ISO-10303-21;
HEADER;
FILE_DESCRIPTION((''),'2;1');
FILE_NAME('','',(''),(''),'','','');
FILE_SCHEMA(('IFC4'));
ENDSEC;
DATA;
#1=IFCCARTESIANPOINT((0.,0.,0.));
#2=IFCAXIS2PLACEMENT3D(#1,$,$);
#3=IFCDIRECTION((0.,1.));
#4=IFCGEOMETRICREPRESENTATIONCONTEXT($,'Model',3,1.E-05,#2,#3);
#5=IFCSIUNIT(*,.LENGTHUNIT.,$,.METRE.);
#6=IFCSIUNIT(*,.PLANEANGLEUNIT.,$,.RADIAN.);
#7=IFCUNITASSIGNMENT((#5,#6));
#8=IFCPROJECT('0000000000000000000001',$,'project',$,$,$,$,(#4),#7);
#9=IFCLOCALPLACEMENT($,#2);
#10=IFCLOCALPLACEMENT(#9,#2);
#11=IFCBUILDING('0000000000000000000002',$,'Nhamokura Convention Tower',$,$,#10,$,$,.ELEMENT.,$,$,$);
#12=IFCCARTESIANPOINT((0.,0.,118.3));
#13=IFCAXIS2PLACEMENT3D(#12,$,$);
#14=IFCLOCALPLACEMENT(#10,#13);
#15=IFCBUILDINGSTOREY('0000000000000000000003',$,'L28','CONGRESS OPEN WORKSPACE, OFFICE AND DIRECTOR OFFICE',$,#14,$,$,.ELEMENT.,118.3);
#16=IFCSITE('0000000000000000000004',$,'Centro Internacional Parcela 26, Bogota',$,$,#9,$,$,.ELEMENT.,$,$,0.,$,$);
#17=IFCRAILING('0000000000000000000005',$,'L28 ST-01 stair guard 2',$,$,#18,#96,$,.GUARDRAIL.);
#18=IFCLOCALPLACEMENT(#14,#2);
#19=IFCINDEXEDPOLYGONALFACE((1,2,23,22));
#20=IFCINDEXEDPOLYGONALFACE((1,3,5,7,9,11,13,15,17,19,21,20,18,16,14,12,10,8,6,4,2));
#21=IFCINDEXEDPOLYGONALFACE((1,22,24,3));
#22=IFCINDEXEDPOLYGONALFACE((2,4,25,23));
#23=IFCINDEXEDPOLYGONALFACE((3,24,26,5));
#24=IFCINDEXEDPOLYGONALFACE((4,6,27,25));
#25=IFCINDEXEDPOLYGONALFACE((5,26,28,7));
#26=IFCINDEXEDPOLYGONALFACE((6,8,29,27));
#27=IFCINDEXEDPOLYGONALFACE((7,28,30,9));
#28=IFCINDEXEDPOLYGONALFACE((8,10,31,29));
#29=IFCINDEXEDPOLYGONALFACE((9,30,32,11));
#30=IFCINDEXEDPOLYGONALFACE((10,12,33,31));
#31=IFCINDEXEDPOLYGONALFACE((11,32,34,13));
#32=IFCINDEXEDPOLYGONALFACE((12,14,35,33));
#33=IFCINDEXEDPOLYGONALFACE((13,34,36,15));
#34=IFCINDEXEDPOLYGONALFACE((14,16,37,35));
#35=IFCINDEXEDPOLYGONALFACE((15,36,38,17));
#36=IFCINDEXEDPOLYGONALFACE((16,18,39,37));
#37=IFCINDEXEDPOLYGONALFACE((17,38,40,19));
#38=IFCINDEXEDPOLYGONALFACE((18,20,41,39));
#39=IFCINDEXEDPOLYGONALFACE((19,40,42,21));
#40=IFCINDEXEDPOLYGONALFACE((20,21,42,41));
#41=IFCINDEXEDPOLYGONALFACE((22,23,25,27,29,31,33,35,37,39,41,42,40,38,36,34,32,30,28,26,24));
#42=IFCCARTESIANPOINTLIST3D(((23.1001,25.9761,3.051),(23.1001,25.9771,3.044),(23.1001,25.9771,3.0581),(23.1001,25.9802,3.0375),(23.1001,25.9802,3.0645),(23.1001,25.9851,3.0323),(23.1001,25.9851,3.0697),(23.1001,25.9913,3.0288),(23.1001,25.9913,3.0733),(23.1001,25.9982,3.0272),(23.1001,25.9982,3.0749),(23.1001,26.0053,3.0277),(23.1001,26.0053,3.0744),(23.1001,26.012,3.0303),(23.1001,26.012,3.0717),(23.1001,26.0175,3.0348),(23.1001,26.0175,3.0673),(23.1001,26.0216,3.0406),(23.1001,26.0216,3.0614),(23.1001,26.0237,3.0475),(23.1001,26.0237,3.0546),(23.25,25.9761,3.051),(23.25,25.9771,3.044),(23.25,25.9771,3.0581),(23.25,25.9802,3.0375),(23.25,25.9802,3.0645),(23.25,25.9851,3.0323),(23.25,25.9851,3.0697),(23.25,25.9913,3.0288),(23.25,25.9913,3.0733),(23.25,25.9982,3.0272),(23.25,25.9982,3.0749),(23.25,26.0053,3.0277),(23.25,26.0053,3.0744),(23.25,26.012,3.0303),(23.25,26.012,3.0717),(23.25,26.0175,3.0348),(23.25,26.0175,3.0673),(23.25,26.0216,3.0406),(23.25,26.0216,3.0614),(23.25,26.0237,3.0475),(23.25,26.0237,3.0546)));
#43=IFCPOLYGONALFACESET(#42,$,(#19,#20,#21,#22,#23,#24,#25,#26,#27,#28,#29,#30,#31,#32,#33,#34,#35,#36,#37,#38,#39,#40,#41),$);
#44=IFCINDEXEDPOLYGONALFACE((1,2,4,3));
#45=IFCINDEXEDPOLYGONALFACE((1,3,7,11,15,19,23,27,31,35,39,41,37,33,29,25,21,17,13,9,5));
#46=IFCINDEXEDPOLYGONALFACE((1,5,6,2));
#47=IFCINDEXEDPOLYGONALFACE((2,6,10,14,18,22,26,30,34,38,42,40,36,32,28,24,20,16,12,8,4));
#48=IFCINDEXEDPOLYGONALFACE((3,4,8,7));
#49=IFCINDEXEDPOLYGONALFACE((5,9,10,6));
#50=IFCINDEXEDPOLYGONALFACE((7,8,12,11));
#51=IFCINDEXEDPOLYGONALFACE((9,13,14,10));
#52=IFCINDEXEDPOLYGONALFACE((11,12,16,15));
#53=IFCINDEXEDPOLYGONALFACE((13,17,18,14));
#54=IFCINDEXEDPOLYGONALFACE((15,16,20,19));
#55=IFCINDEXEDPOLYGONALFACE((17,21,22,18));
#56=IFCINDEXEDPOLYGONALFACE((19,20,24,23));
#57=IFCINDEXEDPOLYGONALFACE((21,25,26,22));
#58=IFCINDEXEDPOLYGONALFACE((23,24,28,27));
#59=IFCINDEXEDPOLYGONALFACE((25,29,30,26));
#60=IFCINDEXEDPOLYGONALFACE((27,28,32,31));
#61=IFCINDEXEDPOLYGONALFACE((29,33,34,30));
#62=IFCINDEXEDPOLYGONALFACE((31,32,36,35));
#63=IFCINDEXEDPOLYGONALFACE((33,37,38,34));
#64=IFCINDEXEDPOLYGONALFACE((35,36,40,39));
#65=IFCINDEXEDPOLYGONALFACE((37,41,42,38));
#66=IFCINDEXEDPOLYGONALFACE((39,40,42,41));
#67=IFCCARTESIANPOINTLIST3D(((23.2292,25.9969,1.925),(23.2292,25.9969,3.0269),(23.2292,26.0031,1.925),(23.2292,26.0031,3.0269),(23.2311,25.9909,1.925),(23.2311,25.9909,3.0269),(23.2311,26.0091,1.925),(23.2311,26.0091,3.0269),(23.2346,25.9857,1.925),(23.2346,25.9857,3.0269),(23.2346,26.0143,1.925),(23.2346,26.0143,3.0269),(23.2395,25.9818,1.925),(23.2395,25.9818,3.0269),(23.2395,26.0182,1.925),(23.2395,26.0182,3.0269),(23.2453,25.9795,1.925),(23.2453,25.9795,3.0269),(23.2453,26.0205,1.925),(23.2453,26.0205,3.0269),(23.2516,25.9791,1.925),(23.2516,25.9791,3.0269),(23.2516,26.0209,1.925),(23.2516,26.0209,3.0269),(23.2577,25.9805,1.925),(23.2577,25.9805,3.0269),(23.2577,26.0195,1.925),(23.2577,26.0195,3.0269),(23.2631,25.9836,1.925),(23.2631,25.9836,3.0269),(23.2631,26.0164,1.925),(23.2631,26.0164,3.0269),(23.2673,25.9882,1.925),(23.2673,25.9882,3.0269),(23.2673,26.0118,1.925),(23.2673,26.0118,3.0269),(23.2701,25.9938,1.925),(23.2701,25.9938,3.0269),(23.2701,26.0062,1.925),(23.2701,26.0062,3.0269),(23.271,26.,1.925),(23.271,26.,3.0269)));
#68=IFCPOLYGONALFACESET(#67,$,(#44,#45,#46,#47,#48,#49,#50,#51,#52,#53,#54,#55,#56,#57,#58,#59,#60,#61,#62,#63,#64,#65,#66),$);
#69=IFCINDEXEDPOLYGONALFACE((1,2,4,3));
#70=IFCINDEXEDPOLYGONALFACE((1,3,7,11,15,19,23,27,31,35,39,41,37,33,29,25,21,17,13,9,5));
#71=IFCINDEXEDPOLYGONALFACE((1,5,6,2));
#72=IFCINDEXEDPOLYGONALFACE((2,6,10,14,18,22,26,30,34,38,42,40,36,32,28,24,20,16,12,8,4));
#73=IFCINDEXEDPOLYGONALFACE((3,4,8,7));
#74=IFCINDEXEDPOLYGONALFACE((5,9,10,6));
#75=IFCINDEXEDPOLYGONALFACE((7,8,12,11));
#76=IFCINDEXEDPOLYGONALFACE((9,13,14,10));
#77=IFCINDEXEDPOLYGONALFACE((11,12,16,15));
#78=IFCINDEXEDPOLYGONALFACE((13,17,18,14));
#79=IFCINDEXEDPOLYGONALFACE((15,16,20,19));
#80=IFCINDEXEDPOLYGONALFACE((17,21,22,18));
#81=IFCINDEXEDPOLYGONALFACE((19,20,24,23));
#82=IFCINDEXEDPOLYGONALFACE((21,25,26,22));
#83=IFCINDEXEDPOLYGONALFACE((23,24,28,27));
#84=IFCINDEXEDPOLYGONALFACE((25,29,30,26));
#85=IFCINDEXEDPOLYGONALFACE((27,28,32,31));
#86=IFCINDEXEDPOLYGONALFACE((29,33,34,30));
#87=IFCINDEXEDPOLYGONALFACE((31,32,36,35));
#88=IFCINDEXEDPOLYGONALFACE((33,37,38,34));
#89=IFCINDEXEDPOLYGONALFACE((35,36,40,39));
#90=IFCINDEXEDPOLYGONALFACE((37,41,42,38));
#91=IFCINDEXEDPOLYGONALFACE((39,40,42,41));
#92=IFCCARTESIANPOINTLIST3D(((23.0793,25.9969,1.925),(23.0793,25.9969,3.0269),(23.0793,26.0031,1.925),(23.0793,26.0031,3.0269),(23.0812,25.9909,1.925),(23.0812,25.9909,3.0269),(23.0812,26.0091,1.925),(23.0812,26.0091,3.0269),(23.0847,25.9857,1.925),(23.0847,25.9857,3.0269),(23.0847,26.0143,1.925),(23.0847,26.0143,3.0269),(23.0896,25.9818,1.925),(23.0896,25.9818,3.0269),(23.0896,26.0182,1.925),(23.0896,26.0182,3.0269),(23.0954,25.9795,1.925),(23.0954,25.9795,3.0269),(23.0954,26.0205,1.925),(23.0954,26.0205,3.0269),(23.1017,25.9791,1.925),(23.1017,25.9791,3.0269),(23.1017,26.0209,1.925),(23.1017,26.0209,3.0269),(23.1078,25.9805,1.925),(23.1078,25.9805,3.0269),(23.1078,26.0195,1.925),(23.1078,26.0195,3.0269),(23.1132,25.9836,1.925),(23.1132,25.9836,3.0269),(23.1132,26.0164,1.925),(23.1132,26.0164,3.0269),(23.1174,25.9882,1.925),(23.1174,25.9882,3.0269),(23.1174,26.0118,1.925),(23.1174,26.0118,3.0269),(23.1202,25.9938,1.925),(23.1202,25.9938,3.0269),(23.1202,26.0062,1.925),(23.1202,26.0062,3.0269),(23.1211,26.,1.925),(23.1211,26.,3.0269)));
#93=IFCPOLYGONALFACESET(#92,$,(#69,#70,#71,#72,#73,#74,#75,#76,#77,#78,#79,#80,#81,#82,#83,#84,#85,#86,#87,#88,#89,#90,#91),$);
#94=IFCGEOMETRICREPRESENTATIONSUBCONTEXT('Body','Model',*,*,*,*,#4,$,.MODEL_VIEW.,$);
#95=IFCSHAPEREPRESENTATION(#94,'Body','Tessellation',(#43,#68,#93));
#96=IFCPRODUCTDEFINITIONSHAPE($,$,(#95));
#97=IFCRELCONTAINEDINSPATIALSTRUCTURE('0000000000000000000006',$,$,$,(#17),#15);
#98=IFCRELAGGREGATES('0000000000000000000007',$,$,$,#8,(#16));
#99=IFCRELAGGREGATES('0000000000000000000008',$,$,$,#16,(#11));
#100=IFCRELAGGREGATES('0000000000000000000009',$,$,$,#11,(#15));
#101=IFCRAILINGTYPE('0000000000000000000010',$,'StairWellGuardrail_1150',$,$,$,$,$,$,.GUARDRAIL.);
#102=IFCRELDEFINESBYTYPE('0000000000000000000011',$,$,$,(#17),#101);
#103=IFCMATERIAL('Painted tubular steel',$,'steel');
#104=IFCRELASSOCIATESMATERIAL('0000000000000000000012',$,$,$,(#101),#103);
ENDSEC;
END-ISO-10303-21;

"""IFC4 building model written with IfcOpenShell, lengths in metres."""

from ifc_helpers import new_model, si_unit, direction, frame, origin, origin_2d, place, context, subcontext, project, spatial, circle, extrude, material, type_object, element, save


model = new_model("IFC4")

# Units and contexts
model_context = context("Model", 3, precision=1e-05, world=origin(), true_north=direction((0.0, 1.0)))
body_context = subcontext(model_context, "Body", "Model", "MODEL_VIEW")
ifc_project = project(units=[si_unit("LENGTHUNIT", "METRE"), si_unit("PLANEANGLEUNIT", "RADIAN")], contexts=[model_context])

# Site, building, storey
site_placement = place(None, origin())
site = spatial("IfcSite", under=ifc_project, at=site_placement, Name="Centro Internacional Parcela 26, Bogota", CompositionType="ELEMENT", RefElevation=0.0)
building_placement = place(site_placement, origin())
building = spatial("IfcBuilding", under=site, at=building_placement, Name="Nhamokura Convention Tower", CompositionType="ELEMENT")
storey_placement = place(building_placement, frame((0.0, 0.0, 118.3)))
storey = spatial("IfcBuildingStorey", under=building, at=storey_placement, Name="L28", Description="CONGRESS OPEN WORKSPACE, OFFICE AND DIRECTOR OFFICE", CompositionType="ELEMENT", Elevation=118.3)

# Railing
ifc_material_1 = material(Name="Painted tubular steel", Category="steel")
railing_type_1 = type_object("IfcRailingType", Name="StairWellGuardrail_1150", PredefinedType="GUARDRAIL", material=ifc_material_1)
railing_1_placement = place(storey_placement, frame((23.25, 26.0, 1.925)))
element("IfcRailing", 1, at=railing_1_placement, inside=storey, type_object=railing_type_1, Name="L28 ST-01 stair guard 2", PredefinedType="GUARDRAIL", context=body_context, shape_type="SweptSolid", body=[
    extrude(circle(Radius=0.0239, at=origin_2d()), frame((0.0, 0.0, 1.126), z_axis=(-1.0, 0.0, 0.0), x_axis=(0.0, -1.0, 0.0)), (0.0, 0.0, 1.0), 0.1499),
    extrude(circle(Radius=0.021, at=origin_2d()), origin(), (0.0, 0.0, 1.0), 1.1018),
    extrude(circle(Radius=0.021, at=origin_2d()), frame((-0.1499, 0.0, 0.0)), (0.0, 0.0, 1.0), 1.1018),
])

save(model, "model.ifc")
